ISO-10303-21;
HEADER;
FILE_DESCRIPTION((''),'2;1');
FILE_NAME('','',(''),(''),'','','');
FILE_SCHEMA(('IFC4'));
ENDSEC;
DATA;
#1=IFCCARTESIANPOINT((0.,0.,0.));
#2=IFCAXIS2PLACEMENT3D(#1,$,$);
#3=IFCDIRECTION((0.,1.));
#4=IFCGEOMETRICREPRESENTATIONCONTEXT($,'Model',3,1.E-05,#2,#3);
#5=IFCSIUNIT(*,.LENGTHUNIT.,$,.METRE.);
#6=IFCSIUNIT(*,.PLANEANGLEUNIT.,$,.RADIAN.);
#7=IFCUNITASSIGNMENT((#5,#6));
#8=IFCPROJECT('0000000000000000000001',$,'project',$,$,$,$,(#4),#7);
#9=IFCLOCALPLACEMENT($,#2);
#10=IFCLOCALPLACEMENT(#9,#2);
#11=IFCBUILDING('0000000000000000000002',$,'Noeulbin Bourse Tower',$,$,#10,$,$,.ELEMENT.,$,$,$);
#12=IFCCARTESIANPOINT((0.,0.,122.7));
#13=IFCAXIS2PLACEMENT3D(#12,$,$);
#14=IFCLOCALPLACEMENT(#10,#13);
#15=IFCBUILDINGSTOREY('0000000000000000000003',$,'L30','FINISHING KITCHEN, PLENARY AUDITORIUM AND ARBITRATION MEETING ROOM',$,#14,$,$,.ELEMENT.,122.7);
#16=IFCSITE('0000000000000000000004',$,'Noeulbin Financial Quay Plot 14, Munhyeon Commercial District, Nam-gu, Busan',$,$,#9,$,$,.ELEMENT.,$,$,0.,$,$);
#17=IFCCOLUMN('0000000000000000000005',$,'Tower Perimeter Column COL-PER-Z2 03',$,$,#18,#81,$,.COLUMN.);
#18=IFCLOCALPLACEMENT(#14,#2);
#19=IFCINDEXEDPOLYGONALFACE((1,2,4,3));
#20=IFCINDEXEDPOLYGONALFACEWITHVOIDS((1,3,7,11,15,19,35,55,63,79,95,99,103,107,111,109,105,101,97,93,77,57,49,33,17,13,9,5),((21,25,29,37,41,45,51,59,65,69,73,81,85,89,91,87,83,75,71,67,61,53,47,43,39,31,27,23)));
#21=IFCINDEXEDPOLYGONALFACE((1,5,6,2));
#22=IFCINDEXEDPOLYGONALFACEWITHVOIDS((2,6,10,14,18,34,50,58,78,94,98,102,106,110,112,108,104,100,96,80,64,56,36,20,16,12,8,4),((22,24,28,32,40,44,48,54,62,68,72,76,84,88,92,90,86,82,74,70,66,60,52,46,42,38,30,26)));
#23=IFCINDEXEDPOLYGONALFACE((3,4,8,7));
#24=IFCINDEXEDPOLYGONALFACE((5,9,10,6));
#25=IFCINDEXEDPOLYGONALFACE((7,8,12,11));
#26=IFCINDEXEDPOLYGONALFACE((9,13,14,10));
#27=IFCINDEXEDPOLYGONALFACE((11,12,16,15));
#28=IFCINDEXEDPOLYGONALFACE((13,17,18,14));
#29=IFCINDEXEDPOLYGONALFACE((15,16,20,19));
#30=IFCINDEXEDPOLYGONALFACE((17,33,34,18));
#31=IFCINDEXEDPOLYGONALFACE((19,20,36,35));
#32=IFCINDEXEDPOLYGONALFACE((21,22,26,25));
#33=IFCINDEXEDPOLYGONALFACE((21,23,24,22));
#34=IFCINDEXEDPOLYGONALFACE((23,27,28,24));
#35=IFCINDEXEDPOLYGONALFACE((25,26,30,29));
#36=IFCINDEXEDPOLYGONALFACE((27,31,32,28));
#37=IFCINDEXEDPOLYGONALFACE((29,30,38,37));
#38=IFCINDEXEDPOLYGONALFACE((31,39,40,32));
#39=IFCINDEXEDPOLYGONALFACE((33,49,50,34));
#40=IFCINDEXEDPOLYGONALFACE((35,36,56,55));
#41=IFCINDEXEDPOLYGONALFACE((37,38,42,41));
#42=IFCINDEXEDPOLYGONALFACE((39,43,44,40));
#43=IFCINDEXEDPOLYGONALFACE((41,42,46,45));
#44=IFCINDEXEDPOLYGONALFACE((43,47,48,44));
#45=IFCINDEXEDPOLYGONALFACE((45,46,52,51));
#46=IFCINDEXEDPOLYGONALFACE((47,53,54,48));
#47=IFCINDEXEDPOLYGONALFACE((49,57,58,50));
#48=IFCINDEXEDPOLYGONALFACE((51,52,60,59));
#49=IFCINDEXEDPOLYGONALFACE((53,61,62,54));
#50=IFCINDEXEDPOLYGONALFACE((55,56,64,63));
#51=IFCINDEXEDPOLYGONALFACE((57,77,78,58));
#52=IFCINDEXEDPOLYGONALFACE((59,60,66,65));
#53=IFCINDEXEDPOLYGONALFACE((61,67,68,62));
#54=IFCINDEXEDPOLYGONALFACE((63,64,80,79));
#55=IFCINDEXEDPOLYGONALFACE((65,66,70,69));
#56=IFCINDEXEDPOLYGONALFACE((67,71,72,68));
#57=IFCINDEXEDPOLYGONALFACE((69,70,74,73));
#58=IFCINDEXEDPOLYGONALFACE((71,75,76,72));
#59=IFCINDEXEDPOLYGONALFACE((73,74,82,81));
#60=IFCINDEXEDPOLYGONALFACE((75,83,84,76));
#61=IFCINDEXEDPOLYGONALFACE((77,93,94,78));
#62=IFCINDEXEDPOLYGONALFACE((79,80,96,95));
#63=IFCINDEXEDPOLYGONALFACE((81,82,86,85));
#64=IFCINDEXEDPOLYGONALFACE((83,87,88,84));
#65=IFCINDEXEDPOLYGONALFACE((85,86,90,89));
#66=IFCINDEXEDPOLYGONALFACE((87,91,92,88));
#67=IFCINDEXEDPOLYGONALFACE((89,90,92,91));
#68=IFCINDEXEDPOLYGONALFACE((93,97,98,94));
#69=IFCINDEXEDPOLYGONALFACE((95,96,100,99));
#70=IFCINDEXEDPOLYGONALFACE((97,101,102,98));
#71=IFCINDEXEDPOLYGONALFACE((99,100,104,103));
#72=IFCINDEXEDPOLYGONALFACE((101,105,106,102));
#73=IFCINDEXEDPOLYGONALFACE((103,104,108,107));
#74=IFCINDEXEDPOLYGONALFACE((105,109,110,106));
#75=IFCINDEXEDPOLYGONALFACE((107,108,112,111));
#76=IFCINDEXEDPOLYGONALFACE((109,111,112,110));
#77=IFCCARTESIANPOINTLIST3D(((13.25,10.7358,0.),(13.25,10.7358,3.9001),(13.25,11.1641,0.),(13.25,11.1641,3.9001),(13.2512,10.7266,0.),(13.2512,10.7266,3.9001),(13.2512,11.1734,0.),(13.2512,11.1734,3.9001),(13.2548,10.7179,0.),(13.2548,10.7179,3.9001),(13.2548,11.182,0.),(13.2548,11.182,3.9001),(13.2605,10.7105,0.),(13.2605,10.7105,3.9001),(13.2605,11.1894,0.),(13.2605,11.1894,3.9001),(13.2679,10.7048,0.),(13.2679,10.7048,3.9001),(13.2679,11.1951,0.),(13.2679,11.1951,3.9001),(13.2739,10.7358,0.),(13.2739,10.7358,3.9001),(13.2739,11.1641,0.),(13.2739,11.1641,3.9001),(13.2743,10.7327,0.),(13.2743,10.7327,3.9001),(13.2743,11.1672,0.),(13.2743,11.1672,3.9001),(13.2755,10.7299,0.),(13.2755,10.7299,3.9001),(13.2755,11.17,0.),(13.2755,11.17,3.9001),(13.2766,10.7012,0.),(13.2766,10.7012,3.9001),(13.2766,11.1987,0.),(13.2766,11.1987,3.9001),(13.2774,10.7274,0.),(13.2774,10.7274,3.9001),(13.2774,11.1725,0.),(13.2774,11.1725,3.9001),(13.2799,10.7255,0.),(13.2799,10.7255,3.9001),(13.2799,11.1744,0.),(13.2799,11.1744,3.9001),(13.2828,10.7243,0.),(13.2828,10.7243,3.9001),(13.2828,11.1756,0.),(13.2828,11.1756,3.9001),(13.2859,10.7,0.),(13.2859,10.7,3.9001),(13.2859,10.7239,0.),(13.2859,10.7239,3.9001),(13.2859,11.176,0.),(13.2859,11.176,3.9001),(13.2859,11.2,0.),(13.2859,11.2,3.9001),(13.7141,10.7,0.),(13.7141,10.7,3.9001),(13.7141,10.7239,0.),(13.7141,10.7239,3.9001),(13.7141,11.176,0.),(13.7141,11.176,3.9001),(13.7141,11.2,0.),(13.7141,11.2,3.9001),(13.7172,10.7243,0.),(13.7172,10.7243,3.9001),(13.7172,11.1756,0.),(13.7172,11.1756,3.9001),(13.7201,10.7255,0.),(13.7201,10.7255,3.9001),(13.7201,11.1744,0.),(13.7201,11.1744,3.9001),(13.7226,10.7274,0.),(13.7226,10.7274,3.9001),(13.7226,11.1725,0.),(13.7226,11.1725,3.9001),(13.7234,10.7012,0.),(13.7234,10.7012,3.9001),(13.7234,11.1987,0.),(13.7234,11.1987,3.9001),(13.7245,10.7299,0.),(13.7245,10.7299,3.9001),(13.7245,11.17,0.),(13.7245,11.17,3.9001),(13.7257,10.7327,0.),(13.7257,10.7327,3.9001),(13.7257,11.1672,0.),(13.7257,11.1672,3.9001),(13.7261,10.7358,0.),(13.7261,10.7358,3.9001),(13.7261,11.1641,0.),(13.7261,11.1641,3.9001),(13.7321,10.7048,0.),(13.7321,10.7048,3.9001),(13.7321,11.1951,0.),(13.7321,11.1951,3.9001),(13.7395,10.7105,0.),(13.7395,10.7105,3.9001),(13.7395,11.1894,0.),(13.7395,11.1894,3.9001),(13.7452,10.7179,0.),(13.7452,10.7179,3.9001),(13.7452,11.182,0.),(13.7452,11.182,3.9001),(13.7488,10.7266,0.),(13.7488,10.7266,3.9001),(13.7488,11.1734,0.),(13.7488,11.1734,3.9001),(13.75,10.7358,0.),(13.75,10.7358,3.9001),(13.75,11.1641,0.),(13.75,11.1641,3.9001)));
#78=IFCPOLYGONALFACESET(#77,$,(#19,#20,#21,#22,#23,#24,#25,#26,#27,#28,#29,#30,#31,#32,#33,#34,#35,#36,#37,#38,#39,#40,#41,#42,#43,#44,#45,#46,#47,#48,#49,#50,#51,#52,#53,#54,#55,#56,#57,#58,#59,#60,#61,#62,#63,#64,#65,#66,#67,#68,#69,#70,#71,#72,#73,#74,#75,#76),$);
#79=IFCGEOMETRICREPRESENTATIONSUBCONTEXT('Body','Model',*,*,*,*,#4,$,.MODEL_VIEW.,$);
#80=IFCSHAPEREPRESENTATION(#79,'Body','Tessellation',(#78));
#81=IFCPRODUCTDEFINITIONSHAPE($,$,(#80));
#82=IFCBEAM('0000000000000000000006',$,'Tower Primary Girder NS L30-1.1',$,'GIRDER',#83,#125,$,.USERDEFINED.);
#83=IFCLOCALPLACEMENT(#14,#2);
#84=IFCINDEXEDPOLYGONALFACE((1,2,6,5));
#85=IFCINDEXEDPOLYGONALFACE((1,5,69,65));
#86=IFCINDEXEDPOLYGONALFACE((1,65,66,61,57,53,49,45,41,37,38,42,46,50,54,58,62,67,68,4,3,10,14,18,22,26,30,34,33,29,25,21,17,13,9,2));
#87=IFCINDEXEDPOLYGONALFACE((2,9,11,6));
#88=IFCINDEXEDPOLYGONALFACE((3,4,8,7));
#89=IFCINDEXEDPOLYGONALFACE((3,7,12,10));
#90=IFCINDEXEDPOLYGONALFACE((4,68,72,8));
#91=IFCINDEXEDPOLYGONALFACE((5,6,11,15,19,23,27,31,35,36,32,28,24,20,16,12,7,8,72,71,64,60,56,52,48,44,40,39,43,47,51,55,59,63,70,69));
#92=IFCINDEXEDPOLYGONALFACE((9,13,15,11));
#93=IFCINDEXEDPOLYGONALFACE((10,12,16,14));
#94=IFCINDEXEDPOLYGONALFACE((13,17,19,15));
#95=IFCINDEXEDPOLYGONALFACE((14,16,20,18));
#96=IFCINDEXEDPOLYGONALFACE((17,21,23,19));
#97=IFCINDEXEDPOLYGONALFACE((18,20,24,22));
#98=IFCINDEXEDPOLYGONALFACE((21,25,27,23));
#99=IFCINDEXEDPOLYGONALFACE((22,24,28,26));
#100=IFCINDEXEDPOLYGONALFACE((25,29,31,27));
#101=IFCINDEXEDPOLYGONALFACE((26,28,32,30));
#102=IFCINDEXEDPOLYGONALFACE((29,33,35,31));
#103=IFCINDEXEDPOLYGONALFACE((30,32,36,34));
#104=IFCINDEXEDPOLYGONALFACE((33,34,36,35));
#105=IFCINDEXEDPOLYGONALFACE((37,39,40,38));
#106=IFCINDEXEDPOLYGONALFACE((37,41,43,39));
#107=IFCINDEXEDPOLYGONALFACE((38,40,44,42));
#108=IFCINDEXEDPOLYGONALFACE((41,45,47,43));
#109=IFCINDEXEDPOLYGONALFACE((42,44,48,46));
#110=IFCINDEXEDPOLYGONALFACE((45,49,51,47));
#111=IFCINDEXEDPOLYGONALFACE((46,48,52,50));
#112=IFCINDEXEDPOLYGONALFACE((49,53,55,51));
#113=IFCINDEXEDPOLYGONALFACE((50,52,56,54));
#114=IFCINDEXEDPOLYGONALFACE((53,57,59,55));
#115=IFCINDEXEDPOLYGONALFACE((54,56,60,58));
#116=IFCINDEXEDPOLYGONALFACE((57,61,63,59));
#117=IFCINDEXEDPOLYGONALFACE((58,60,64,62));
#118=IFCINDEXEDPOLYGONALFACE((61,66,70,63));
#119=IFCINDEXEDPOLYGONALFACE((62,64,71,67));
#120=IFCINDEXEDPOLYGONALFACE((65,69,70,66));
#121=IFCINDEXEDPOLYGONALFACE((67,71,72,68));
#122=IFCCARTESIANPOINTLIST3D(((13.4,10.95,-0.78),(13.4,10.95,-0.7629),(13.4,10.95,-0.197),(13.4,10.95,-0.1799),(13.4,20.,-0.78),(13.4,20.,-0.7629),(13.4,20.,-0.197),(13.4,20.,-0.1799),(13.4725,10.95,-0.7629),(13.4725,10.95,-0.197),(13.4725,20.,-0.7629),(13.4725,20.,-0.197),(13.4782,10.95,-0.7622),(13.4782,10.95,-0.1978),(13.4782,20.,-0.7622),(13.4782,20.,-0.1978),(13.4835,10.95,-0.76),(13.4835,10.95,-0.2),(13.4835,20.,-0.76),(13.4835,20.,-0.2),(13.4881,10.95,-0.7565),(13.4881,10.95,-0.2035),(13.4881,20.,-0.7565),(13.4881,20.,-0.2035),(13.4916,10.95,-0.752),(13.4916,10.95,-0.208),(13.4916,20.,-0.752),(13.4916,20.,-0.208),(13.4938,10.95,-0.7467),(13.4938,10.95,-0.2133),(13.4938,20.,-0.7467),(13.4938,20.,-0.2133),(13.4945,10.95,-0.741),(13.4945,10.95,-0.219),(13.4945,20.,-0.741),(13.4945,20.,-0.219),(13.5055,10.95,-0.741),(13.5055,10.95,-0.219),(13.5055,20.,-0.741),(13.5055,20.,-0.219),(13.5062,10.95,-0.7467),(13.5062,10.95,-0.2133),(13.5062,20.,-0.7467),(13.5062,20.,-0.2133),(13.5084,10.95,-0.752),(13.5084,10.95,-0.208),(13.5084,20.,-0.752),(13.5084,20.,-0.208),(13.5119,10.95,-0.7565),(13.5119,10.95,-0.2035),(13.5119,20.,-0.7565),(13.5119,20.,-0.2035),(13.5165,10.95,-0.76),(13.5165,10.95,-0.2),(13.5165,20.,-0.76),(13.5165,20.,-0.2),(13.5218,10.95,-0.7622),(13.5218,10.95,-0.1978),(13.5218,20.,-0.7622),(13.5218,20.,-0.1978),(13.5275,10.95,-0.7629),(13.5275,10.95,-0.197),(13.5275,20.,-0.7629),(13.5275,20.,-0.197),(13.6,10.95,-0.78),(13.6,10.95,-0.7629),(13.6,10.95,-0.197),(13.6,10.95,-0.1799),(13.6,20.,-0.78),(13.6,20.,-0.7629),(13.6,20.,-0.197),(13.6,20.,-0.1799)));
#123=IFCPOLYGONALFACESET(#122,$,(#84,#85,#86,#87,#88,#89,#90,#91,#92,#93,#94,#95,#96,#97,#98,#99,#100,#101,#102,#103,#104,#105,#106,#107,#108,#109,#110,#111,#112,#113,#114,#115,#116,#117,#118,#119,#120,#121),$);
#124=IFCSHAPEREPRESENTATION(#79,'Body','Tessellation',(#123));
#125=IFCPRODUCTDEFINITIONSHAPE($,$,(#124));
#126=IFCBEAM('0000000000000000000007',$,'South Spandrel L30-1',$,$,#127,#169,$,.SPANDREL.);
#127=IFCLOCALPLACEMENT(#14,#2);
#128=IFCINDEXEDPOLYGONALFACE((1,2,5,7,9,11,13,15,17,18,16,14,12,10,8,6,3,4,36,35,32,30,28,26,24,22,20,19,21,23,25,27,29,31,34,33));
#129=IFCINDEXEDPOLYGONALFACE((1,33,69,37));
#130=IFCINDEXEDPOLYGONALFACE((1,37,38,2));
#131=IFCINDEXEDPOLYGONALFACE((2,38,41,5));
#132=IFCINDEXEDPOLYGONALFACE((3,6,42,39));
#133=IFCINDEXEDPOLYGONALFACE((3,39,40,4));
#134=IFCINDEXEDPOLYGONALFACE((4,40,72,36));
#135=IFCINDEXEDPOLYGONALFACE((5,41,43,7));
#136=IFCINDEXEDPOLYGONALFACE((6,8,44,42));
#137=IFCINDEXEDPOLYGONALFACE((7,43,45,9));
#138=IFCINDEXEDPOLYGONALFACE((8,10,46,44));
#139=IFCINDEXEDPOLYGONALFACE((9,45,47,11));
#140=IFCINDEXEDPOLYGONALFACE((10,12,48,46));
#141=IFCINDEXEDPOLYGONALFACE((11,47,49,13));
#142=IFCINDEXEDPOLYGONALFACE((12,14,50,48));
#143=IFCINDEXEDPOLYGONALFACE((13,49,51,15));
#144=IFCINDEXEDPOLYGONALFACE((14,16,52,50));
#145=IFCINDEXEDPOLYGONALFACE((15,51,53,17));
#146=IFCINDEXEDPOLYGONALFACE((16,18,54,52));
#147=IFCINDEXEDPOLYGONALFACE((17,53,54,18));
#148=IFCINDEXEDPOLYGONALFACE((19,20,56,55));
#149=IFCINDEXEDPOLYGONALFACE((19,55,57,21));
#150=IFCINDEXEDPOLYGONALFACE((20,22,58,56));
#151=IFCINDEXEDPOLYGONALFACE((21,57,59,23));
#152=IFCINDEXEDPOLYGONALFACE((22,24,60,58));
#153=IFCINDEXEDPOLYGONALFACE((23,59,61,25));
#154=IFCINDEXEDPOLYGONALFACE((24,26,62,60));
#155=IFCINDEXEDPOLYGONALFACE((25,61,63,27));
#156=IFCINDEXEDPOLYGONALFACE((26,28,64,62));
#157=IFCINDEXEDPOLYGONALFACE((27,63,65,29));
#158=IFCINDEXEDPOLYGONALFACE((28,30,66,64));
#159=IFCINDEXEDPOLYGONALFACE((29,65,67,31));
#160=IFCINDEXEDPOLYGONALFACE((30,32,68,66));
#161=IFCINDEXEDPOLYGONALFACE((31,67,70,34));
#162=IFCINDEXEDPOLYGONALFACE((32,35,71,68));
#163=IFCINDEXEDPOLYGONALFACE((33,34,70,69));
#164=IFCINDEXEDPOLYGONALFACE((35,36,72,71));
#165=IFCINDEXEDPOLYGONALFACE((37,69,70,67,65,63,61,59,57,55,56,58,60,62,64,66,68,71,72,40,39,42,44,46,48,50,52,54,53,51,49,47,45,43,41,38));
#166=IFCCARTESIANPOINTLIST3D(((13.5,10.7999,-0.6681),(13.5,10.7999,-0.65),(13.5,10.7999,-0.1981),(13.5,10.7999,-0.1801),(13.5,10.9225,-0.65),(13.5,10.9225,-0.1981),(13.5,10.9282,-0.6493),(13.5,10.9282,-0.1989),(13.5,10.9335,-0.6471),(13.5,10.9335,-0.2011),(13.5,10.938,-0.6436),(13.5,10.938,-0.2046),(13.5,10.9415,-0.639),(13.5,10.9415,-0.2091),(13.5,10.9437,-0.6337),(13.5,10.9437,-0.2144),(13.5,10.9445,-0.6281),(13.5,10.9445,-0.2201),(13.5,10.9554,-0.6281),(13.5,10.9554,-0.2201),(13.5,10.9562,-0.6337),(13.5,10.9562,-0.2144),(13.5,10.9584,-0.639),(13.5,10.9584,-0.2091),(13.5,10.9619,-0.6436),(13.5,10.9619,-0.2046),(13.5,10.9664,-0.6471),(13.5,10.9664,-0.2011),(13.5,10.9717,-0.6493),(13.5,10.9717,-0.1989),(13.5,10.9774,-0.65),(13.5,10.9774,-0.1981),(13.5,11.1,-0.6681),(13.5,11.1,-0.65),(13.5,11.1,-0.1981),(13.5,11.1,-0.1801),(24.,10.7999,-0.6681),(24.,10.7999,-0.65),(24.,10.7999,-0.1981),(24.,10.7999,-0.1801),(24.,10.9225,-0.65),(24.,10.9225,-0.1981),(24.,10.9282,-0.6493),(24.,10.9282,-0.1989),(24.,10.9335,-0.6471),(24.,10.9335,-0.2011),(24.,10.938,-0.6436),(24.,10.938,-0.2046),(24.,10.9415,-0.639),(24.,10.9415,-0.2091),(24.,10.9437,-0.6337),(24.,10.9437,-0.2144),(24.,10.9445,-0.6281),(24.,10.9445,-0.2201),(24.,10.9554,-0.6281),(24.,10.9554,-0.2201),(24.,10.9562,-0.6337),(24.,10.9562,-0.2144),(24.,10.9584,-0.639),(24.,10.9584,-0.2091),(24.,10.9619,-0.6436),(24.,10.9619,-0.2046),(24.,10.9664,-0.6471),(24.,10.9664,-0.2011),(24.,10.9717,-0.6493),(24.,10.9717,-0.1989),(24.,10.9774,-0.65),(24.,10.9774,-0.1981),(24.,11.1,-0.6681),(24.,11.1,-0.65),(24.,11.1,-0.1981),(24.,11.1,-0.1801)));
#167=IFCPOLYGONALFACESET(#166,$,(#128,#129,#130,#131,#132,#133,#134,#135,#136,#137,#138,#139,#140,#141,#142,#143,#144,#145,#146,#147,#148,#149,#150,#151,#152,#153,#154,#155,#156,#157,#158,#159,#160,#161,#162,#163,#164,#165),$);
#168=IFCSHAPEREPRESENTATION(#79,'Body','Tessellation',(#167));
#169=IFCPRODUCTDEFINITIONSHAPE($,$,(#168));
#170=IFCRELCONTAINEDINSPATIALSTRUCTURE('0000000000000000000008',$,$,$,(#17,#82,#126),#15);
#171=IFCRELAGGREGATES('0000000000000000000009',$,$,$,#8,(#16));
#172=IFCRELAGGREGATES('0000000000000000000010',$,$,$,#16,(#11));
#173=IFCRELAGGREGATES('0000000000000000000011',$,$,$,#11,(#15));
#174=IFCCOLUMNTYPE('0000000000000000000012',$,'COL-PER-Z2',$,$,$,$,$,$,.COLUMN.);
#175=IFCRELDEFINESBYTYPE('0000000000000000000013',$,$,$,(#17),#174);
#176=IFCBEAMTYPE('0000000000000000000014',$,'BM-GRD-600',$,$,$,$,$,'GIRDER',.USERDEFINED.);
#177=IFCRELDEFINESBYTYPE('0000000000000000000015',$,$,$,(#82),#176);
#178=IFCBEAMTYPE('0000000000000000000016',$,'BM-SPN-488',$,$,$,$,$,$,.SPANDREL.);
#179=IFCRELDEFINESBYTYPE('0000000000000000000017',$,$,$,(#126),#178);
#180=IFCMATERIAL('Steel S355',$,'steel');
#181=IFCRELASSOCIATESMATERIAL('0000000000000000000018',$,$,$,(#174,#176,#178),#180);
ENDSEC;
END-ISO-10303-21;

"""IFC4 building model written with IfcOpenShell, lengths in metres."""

from ifc_helpers import new_model, si_unit, direction, frame, origin, origin_2d, place, context, subcontext, project, spatial, hollow_rectangle, i_section, extrude, material, material_profile, profile_set, type_object, element, save


model = new_model("IFC4")

# Units and contexts
model_context = context("Model", 3, precision=1e-05, world=origin(), true_north=direction((0.0, 1.0)))
body_context = subcontext(model_context, "Body", "Model", "MODEL_VIEW")
ifc_project = project(units=[si_unit("LENGTHUNIT", "METRE"), si_unit("PLANEANGLEUNIT", "RADIAN")], contexts=[model_context])

# Site, building, storey
site_placement = place(None, origin())
site = spatial("IfcSite", under=ifc_project, at=site_placement, Name="Noeulbin Financial Quay Plot 14, Munhyeon Commercial District, Nam-gu, Busan", CompositionType="ELEMENT", RefElevation=0.0)
building_placement = place(site_placement, origin())
building = spatial("IfcBuilding", under=site, at=building_placement, Name="Noeulbin Bourse Tower", CompositionType="ELEMENT")
storey_placement = place(building_placement, frame((0.0, 0.0, 122.7)))
storey = spatial("IfcBuildingStorey", under=building, at=storey_placement, Name="L30", Description="FINISHING KITCHEN, PLENARY AUDITORIUM AND ARBITRATION MEETING ROOM", CompositionType="ELEMENT", Elevation=122.7)

# Column
ifc_material_1 = material(Name="Steel S355", Category="steel")
ifc_material_profile_1 = material_profile(ifc_material_1, hollow_rectangle(XDim=0.5, YDim=0.5, WallThickness=0.0239, InnerFilletRadius=0.012, OuterFilletRadius=0.0359, at=origin_2d()), Name="BOX-500x500x24", Category="LoadBearing")
ifc_profile_set_1 = profile_set([ifc_material_profile_1], Name="Steel S355")
column_type = type_object("IfcColumnType", Name="COL-PER-Z2", PredefinedType="COLUMN", material=ifc_profile_set_1)
column_placement = place(storey_placement, frame((13.5, 10.95, 0.0), z_axis=(0.0, 0.0, 1.0), x_axis=(1.0, 0.0, 0.0)))
element("IfcColumn", 1, at=column_placement, inside=storey, type_object=column_type, Name="Tower Perimeter Column COL-PER-Z2 03", PredefinedType="COLUMN", context=body_context, shape_type="SweptSolid", body=[
    extrude(hollow_rectangle(XDim=0.5, YDim=0.5, WallThickness=0.0239, InnerFilletRadius=0.012, OuterFilletRadius=0.0359, at=origin_2d()), origin(), (0.0, 0.0, 1.0), 3.9001),
])

# Beams
ifc_material_profile_2 = material_profile(ifc_material_1, i_section(OverallWidth=0.2, OverallDepth=0.6001, WebThickness=0.011, FlangeThickness=0.0171, FilletRadius=0.022, at=origin_2d()), Name="H-600x200x11x17", Category="LoadBearing")
ifc_profile_set_2 = profile_set([ifc_material_profile_2], Name="Steel S355")
beam_type_1 = type_object("IfcBeamType", Name="BM-GRD-600", ElementType="GIRDER", PredefinedType="USERDEFINED", material=ifc_profile_set_2)
beam_1_placement = place(storey_placement, frame((13.5, 10.95, -0.48), z_axis=(0.0, 1.0, 0.0), x_axis=(-1.0, 0.0, 0.0)))
element("IfcBeam", 2, at=beam_1_placement, inside=storey, type_object=beam_type_1, Name="Tower Primary Girder NS L30-1.1", ObjectType="GIRDER", PredefinedType="USERDEFINED", context=body_context, shape_type="SweptSolid", body=[
    extrude(i_section(OverallWidth=0.2, OverallDepth=0.6001, WebThickness=0.011, FlangeThickness=0.0171, FilletRadius=0.022, at=origin_2d()), origin(), (0.0, 0.0, 1.0), 9.05),
])
ifc_material_profile_3 = material_profile(ifc_material_1, i_section(OverallWidth=0.3, OverallDepth=0.488, WebThickness=0.011, FlangeThickness=0.0181, FilletRadius=0.022, at=origin_2d()), Name="H-488x300x11x18", Category="LoadBearing")
ifc_profile_set_3 = profile_set([ifc_material_profile_3], Name="Steel S355")
beam_type_2 = type_object("IfcBeamType", Name="BM-SPN-488", PredefinedType="SPANDREL", material=ifc_profile_set_3)
beam_2_placement = place(storey_placement, frame((13.5, 10.95, -0.4241), z_axis=(1.0, 0.0, 0.0), x_axis=(0.0, 1.0, 0.0)))
element("IfcBeam", 3, at=beam_2_placement, inside=storey, type_object=beam_type_2, Name="South Spandrel L30-1", PredefinedType="SPANDREL", context=body_context, shape_type="SweptSolid", body=[
    extrude(i_section(OverallWidth=0.3, OverallDepth=0.488, WebThickness=0.011, FlangeThickness=0.0181, FilletRadius=0.022, at=origin_2d()), origin(), (0.0, 0.0, 1.0), 10.5),
])

save(model, "model.ifc")
